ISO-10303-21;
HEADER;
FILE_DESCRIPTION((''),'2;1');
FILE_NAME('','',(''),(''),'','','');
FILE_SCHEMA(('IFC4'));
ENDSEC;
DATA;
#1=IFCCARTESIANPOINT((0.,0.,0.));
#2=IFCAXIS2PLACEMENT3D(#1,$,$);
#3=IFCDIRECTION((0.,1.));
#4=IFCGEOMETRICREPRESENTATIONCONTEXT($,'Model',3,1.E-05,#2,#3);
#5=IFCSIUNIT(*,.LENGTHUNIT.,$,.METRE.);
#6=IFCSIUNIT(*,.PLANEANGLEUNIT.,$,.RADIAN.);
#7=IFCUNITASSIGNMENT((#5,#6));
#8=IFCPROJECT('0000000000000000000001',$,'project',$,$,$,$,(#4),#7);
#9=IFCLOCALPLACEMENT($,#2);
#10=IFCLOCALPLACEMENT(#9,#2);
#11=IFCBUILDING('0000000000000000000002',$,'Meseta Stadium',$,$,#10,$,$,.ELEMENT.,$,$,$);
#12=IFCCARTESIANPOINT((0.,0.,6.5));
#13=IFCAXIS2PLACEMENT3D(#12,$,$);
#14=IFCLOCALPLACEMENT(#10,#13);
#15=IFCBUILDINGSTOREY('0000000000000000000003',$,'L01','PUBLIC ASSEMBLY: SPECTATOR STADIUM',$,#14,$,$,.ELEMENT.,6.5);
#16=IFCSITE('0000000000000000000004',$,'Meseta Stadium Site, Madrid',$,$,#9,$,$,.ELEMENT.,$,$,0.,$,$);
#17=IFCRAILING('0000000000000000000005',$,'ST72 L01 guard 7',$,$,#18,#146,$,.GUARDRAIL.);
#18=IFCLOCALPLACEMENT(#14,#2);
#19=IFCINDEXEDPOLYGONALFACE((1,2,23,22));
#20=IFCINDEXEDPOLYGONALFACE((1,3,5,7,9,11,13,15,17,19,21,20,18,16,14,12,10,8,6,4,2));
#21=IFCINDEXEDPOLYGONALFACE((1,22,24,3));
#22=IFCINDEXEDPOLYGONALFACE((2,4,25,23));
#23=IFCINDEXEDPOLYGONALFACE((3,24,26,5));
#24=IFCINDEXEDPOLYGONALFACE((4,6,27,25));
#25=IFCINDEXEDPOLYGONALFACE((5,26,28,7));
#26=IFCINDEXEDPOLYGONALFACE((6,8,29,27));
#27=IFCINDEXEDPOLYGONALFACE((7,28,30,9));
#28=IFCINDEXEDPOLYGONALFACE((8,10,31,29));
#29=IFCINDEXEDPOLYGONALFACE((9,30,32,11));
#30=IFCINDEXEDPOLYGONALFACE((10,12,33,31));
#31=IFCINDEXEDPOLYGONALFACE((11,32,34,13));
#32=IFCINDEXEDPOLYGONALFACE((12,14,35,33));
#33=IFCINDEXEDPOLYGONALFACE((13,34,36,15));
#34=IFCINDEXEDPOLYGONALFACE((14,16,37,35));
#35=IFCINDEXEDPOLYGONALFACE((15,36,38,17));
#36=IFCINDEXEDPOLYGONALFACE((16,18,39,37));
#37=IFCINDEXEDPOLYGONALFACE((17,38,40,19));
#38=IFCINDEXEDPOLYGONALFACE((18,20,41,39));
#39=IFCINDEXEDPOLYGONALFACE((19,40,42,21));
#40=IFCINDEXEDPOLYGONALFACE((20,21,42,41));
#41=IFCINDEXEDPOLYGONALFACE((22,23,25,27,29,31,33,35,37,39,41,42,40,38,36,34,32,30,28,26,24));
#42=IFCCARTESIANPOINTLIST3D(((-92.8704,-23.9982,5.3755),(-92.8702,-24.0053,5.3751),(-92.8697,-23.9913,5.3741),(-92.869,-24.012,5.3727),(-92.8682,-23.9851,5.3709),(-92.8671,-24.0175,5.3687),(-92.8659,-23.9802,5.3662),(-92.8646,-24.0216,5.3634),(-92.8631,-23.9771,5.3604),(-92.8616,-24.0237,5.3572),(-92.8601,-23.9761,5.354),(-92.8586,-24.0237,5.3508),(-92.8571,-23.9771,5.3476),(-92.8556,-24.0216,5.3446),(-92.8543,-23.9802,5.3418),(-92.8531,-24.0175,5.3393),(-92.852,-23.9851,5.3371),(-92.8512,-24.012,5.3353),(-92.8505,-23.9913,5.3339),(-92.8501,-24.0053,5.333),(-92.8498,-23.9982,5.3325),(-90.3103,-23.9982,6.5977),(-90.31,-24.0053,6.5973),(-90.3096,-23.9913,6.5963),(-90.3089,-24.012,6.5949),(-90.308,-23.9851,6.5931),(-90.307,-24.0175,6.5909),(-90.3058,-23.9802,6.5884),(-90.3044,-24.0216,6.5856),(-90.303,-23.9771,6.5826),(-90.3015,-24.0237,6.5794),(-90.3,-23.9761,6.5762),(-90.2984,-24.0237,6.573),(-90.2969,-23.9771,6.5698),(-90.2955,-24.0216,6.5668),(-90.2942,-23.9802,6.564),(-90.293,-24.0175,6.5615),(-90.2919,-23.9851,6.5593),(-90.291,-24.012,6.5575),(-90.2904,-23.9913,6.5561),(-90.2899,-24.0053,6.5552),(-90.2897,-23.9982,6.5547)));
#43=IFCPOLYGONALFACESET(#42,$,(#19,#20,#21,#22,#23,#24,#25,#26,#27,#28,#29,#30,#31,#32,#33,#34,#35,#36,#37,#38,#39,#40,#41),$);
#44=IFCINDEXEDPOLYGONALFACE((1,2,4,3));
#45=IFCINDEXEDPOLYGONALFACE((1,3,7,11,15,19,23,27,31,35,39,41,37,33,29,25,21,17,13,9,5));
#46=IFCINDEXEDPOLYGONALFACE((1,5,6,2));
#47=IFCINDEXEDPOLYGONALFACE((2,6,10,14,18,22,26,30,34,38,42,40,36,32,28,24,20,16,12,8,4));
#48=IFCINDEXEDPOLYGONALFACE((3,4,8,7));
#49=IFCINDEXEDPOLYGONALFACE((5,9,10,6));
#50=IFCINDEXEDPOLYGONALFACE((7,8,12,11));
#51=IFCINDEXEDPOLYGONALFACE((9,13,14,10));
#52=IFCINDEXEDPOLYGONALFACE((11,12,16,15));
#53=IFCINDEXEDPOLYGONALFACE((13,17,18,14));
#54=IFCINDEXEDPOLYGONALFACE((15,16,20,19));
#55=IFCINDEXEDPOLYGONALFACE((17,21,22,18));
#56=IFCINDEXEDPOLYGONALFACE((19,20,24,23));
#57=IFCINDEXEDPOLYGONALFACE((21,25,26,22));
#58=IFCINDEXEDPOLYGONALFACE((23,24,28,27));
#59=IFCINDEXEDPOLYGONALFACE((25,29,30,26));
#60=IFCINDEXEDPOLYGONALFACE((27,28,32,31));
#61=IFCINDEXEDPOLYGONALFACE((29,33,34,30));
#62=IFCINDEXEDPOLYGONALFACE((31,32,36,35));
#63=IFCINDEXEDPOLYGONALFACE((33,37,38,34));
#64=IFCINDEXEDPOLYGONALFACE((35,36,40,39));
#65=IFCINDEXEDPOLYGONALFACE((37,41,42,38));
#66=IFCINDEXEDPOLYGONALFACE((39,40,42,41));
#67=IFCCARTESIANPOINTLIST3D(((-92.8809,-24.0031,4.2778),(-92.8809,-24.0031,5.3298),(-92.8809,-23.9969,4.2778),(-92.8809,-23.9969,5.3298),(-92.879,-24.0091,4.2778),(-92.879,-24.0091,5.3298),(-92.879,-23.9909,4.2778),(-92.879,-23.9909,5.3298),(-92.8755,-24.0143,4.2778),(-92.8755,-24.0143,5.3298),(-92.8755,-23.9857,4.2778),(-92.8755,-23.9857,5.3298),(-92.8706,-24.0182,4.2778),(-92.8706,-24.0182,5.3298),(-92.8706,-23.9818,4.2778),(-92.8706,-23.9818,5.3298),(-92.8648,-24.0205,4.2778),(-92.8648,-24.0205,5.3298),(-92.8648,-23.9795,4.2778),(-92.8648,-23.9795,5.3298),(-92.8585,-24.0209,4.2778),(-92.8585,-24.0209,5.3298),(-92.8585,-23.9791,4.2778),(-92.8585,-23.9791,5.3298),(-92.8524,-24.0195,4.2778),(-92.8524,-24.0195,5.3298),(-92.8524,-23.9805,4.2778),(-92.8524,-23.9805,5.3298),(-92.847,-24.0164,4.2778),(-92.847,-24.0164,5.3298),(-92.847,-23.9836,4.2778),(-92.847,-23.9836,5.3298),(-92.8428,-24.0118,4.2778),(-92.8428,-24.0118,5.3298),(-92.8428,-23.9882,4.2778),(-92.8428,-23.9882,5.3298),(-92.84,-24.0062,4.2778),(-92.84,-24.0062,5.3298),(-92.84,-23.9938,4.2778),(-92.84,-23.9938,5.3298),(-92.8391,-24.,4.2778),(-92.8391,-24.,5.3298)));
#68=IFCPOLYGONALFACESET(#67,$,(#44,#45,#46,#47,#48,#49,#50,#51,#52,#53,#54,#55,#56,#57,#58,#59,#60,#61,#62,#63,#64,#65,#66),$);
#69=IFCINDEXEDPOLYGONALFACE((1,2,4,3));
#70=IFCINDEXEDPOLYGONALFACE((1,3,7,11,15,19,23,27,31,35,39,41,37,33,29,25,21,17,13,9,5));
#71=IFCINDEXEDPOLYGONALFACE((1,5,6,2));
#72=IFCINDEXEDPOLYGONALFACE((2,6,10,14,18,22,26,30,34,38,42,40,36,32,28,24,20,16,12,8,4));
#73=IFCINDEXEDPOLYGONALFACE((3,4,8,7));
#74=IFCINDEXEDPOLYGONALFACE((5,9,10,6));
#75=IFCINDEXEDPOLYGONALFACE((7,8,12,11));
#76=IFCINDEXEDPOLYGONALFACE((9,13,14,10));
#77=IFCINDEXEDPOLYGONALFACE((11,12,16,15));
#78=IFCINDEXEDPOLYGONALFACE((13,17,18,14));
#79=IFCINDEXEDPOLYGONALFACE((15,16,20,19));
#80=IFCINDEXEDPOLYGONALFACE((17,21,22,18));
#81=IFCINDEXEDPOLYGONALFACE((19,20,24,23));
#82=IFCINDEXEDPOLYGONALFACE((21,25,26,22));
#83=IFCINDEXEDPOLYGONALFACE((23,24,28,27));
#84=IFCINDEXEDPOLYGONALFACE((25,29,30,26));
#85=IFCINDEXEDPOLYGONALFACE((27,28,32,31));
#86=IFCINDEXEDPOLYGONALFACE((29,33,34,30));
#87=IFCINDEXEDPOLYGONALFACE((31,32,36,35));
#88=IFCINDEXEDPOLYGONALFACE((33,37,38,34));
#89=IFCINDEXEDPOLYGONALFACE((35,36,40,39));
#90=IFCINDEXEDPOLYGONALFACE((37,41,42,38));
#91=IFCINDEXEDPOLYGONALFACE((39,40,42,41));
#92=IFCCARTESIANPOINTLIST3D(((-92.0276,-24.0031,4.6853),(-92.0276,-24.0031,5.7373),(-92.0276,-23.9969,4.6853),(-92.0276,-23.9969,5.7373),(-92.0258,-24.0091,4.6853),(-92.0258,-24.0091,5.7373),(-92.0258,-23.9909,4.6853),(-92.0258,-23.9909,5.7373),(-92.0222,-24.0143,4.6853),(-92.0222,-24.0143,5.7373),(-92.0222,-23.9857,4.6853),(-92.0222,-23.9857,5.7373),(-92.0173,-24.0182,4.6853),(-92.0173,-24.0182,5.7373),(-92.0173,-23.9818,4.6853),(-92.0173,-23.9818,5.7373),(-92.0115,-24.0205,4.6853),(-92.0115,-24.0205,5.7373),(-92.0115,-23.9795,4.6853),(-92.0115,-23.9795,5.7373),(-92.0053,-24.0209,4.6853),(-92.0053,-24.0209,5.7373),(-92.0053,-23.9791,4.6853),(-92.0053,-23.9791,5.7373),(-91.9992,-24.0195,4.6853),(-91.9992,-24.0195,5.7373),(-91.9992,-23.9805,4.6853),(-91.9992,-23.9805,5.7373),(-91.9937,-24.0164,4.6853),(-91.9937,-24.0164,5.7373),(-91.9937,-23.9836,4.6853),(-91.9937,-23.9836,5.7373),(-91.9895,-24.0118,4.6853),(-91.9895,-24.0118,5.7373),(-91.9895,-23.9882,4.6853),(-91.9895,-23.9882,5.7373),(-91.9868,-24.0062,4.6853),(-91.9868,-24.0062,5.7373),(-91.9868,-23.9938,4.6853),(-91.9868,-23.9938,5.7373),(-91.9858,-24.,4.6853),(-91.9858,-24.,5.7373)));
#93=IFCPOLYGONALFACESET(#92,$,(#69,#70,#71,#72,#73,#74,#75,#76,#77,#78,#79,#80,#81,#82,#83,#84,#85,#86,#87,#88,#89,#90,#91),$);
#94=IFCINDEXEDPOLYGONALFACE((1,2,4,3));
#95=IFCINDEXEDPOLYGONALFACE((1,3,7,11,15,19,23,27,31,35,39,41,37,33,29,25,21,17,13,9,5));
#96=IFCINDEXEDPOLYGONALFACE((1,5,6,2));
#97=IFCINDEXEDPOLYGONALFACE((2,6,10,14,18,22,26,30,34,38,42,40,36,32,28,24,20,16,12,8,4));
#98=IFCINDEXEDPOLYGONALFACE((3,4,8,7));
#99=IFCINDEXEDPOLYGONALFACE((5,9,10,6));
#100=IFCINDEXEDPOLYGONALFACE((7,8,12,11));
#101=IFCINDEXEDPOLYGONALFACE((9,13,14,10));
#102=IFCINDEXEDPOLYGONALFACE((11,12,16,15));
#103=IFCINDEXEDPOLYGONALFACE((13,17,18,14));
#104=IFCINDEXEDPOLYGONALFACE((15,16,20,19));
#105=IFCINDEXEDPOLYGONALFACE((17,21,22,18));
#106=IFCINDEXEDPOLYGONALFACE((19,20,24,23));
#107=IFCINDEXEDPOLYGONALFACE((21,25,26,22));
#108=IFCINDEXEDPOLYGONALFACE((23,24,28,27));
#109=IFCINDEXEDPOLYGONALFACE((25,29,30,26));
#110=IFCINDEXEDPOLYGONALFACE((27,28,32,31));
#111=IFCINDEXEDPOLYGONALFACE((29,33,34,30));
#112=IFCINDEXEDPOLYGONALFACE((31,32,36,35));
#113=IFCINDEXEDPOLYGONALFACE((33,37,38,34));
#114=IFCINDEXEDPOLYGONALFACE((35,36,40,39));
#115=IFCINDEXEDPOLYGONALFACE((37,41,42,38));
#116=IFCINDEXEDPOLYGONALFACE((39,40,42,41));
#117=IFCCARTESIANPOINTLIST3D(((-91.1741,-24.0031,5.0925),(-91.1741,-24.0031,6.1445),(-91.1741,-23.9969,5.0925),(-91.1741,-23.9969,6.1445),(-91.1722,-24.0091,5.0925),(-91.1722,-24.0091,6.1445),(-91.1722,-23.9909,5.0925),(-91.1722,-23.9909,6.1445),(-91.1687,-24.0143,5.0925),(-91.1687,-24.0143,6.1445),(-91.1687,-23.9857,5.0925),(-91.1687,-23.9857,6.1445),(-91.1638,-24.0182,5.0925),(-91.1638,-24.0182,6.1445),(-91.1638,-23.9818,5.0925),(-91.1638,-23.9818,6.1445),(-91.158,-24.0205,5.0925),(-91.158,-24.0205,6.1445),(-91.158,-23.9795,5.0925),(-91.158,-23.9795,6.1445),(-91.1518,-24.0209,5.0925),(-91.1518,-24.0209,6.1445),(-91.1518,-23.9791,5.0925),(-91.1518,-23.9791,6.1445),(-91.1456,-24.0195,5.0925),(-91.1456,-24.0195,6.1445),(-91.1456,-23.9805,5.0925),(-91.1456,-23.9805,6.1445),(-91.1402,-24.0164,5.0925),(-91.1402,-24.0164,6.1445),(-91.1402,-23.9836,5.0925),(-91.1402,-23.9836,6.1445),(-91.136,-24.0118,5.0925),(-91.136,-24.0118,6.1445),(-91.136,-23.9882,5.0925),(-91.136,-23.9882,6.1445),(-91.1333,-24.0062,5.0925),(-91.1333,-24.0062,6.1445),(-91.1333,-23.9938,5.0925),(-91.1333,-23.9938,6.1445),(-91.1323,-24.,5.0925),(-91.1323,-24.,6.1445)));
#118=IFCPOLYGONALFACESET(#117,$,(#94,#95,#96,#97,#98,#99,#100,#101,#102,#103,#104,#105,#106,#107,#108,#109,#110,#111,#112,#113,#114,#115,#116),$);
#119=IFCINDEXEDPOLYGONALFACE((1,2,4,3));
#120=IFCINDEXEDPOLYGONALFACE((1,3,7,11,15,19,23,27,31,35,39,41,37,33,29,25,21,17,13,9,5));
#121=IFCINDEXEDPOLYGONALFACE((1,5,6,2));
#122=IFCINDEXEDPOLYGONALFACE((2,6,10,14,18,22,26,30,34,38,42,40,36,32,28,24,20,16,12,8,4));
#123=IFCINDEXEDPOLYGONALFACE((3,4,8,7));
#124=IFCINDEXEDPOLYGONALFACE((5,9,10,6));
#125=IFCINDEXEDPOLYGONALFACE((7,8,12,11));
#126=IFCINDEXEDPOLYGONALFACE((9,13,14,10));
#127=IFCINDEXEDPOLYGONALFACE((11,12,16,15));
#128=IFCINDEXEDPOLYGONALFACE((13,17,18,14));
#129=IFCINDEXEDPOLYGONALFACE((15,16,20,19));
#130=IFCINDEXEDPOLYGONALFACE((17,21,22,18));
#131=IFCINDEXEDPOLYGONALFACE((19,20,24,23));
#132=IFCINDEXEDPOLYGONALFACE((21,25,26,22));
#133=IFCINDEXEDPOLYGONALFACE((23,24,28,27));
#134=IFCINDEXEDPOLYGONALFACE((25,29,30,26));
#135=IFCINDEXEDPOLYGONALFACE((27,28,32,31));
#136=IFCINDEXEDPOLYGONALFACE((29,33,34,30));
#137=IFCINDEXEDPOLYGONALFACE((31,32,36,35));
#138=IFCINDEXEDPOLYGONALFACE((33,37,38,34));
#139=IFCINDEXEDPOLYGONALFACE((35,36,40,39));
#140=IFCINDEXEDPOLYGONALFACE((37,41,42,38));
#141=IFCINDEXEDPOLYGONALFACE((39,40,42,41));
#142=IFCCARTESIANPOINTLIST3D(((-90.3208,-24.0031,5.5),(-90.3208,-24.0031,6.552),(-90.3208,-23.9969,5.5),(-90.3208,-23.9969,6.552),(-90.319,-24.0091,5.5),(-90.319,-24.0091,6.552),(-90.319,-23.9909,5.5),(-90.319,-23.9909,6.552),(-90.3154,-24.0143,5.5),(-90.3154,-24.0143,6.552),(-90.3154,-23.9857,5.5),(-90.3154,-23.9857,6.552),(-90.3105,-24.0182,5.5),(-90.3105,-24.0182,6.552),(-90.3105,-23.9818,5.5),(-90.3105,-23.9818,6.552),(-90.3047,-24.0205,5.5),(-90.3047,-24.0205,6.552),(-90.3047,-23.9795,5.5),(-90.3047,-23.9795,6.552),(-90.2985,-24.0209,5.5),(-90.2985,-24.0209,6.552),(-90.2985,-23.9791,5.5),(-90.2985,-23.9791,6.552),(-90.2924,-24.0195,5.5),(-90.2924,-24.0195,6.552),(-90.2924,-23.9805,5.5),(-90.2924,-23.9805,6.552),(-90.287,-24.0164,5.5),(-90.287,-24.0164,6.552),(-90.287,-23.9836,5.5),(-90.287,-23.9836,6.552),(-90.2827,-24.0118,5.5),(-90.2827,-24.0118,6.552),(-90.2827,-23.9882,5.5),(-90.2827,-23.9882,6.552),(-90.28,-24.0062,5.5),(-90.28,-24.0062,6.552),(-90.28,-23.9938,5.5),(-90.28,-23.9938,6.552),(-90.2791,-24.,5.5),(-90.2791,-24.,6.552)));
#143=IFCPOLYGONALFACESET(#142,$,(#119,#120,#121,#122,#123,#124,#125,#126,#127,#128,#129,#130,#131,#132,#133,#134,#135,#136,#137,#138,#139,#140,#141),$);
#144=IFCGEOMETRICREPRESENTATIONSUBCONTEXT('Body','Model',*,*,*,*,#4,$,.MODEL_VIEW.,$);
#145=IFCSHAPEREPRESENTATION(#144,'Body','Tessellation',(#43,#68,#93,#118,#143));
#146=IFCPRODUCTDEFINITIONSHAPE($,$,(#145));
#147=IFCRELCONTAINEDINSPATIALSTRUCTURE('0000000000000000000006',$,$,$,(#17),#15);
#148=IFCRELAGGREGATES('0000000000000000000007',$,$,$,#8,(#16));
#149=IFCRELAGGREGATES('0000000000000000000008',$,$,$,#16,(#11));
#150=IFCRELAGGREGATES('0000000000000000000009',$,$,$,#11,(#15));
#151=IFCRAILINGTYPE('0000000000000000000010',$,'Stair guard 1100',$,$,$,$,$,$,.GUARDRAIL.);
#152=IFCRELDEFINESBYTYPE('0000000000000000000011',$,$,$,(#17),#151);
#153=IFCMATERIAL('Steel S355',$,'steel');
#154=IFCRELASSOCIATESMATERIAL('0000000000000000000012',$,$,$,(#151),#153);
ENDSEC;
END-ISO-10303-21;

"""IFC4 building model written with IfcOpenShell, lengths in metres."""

from ifc_helpers import new_model, si_unit, direction, frame, origin, origin_2d, place, context, subcontext, project, spatial, circle, extrude, material, type_object, element, save


model = new_model("IFC4")

# Units and contexts
model_context = context("Model", 3, precision=1e-05, world=origin(), true_north=direction((0.0, 1.0)))
body_context = subcontext(model_context, "Body", "Model", "MODEL_VIEW")
ifc_project = project(units=[si_unit("LENGTHUNIT", "METRE"), si_unit("PLANEANGLEUNIT", "RADIAN")], contexts=[model_context])

# Site, building, storey
site_placement = place(None, origin())
site = spatial("IfcSite", under=ifc_project, at=site_placement, Name="Meseta Stadium Site, Madrid", CompositionType="ELEMENT", RefElevation=0.0)
building_placement = place(site_placement, origin())
building = spatial("IfcBuilding", under=site, at=building_placement, Name="Meseta Stadium", CompositionType="ELEMENT")
storey_placement = place(building_placement, frame((0.0, 0.0, 6.5)))
storey = spatial("IfcBuildingStorey", under=building, at=storey_placement, Name="L01", Description="PUBLIC ASSEMBLY: SPECTATOR STADIUM", CompositionType="ELEMENT", Elevation=6.5)

# Railing
ifc_material_1 = material(Name="Steel S355", Category="steel")
railing_type_1 = type_object("IfcRailingType", Name="Stair guard 1100", PredefinedType="GUARDRAIL", material=ifc_material_1)
railing_1_placement = place(storey_placement, frame((-92.8601, -24.0, 4.2778)))
element("IfcRailing", 1, at=railing_1_placement, inside=storey, type_object=railing_type_1, Name="ST72 L01 guard 7", PredefinedType="GUARDRAIL", context=body_context, shape_type="SweptSolid", body=[
    extrude(circle(Radius=0.0239, at=origin_2d()), frame((0.0, 0.0, 1.0762), z_axis=(0.902437, 0.0, 0.430822), x_axis=(0.0, 1.0, 0.0)), (0.0, 0.0, 1.0), 2.8369),
    extrude(circle(Radius=0.021, at=origin_2d()), origin(), (0.0, 0.0, 1.0), 1.052),
    extrude(circle(Radius=0.021, at=origin_2d()), frame((0.8533, 0.0, 0.4075)), (0.0, 0.0, 1.0), 1.052),
    extrude(circle(Radius=0.021, at=origin_2d()), frame((1.7068, 0.0, 0.8147)), (0.0, 0.0, 1.0), 1.052),
    extrude(circle(Radius=0.021, at=origin_2d()), frame((2.5601, 0.0, 1.2222)), (0.0, 0.0, 1.0), 1.052),
])

save(model, "model.ifc")
